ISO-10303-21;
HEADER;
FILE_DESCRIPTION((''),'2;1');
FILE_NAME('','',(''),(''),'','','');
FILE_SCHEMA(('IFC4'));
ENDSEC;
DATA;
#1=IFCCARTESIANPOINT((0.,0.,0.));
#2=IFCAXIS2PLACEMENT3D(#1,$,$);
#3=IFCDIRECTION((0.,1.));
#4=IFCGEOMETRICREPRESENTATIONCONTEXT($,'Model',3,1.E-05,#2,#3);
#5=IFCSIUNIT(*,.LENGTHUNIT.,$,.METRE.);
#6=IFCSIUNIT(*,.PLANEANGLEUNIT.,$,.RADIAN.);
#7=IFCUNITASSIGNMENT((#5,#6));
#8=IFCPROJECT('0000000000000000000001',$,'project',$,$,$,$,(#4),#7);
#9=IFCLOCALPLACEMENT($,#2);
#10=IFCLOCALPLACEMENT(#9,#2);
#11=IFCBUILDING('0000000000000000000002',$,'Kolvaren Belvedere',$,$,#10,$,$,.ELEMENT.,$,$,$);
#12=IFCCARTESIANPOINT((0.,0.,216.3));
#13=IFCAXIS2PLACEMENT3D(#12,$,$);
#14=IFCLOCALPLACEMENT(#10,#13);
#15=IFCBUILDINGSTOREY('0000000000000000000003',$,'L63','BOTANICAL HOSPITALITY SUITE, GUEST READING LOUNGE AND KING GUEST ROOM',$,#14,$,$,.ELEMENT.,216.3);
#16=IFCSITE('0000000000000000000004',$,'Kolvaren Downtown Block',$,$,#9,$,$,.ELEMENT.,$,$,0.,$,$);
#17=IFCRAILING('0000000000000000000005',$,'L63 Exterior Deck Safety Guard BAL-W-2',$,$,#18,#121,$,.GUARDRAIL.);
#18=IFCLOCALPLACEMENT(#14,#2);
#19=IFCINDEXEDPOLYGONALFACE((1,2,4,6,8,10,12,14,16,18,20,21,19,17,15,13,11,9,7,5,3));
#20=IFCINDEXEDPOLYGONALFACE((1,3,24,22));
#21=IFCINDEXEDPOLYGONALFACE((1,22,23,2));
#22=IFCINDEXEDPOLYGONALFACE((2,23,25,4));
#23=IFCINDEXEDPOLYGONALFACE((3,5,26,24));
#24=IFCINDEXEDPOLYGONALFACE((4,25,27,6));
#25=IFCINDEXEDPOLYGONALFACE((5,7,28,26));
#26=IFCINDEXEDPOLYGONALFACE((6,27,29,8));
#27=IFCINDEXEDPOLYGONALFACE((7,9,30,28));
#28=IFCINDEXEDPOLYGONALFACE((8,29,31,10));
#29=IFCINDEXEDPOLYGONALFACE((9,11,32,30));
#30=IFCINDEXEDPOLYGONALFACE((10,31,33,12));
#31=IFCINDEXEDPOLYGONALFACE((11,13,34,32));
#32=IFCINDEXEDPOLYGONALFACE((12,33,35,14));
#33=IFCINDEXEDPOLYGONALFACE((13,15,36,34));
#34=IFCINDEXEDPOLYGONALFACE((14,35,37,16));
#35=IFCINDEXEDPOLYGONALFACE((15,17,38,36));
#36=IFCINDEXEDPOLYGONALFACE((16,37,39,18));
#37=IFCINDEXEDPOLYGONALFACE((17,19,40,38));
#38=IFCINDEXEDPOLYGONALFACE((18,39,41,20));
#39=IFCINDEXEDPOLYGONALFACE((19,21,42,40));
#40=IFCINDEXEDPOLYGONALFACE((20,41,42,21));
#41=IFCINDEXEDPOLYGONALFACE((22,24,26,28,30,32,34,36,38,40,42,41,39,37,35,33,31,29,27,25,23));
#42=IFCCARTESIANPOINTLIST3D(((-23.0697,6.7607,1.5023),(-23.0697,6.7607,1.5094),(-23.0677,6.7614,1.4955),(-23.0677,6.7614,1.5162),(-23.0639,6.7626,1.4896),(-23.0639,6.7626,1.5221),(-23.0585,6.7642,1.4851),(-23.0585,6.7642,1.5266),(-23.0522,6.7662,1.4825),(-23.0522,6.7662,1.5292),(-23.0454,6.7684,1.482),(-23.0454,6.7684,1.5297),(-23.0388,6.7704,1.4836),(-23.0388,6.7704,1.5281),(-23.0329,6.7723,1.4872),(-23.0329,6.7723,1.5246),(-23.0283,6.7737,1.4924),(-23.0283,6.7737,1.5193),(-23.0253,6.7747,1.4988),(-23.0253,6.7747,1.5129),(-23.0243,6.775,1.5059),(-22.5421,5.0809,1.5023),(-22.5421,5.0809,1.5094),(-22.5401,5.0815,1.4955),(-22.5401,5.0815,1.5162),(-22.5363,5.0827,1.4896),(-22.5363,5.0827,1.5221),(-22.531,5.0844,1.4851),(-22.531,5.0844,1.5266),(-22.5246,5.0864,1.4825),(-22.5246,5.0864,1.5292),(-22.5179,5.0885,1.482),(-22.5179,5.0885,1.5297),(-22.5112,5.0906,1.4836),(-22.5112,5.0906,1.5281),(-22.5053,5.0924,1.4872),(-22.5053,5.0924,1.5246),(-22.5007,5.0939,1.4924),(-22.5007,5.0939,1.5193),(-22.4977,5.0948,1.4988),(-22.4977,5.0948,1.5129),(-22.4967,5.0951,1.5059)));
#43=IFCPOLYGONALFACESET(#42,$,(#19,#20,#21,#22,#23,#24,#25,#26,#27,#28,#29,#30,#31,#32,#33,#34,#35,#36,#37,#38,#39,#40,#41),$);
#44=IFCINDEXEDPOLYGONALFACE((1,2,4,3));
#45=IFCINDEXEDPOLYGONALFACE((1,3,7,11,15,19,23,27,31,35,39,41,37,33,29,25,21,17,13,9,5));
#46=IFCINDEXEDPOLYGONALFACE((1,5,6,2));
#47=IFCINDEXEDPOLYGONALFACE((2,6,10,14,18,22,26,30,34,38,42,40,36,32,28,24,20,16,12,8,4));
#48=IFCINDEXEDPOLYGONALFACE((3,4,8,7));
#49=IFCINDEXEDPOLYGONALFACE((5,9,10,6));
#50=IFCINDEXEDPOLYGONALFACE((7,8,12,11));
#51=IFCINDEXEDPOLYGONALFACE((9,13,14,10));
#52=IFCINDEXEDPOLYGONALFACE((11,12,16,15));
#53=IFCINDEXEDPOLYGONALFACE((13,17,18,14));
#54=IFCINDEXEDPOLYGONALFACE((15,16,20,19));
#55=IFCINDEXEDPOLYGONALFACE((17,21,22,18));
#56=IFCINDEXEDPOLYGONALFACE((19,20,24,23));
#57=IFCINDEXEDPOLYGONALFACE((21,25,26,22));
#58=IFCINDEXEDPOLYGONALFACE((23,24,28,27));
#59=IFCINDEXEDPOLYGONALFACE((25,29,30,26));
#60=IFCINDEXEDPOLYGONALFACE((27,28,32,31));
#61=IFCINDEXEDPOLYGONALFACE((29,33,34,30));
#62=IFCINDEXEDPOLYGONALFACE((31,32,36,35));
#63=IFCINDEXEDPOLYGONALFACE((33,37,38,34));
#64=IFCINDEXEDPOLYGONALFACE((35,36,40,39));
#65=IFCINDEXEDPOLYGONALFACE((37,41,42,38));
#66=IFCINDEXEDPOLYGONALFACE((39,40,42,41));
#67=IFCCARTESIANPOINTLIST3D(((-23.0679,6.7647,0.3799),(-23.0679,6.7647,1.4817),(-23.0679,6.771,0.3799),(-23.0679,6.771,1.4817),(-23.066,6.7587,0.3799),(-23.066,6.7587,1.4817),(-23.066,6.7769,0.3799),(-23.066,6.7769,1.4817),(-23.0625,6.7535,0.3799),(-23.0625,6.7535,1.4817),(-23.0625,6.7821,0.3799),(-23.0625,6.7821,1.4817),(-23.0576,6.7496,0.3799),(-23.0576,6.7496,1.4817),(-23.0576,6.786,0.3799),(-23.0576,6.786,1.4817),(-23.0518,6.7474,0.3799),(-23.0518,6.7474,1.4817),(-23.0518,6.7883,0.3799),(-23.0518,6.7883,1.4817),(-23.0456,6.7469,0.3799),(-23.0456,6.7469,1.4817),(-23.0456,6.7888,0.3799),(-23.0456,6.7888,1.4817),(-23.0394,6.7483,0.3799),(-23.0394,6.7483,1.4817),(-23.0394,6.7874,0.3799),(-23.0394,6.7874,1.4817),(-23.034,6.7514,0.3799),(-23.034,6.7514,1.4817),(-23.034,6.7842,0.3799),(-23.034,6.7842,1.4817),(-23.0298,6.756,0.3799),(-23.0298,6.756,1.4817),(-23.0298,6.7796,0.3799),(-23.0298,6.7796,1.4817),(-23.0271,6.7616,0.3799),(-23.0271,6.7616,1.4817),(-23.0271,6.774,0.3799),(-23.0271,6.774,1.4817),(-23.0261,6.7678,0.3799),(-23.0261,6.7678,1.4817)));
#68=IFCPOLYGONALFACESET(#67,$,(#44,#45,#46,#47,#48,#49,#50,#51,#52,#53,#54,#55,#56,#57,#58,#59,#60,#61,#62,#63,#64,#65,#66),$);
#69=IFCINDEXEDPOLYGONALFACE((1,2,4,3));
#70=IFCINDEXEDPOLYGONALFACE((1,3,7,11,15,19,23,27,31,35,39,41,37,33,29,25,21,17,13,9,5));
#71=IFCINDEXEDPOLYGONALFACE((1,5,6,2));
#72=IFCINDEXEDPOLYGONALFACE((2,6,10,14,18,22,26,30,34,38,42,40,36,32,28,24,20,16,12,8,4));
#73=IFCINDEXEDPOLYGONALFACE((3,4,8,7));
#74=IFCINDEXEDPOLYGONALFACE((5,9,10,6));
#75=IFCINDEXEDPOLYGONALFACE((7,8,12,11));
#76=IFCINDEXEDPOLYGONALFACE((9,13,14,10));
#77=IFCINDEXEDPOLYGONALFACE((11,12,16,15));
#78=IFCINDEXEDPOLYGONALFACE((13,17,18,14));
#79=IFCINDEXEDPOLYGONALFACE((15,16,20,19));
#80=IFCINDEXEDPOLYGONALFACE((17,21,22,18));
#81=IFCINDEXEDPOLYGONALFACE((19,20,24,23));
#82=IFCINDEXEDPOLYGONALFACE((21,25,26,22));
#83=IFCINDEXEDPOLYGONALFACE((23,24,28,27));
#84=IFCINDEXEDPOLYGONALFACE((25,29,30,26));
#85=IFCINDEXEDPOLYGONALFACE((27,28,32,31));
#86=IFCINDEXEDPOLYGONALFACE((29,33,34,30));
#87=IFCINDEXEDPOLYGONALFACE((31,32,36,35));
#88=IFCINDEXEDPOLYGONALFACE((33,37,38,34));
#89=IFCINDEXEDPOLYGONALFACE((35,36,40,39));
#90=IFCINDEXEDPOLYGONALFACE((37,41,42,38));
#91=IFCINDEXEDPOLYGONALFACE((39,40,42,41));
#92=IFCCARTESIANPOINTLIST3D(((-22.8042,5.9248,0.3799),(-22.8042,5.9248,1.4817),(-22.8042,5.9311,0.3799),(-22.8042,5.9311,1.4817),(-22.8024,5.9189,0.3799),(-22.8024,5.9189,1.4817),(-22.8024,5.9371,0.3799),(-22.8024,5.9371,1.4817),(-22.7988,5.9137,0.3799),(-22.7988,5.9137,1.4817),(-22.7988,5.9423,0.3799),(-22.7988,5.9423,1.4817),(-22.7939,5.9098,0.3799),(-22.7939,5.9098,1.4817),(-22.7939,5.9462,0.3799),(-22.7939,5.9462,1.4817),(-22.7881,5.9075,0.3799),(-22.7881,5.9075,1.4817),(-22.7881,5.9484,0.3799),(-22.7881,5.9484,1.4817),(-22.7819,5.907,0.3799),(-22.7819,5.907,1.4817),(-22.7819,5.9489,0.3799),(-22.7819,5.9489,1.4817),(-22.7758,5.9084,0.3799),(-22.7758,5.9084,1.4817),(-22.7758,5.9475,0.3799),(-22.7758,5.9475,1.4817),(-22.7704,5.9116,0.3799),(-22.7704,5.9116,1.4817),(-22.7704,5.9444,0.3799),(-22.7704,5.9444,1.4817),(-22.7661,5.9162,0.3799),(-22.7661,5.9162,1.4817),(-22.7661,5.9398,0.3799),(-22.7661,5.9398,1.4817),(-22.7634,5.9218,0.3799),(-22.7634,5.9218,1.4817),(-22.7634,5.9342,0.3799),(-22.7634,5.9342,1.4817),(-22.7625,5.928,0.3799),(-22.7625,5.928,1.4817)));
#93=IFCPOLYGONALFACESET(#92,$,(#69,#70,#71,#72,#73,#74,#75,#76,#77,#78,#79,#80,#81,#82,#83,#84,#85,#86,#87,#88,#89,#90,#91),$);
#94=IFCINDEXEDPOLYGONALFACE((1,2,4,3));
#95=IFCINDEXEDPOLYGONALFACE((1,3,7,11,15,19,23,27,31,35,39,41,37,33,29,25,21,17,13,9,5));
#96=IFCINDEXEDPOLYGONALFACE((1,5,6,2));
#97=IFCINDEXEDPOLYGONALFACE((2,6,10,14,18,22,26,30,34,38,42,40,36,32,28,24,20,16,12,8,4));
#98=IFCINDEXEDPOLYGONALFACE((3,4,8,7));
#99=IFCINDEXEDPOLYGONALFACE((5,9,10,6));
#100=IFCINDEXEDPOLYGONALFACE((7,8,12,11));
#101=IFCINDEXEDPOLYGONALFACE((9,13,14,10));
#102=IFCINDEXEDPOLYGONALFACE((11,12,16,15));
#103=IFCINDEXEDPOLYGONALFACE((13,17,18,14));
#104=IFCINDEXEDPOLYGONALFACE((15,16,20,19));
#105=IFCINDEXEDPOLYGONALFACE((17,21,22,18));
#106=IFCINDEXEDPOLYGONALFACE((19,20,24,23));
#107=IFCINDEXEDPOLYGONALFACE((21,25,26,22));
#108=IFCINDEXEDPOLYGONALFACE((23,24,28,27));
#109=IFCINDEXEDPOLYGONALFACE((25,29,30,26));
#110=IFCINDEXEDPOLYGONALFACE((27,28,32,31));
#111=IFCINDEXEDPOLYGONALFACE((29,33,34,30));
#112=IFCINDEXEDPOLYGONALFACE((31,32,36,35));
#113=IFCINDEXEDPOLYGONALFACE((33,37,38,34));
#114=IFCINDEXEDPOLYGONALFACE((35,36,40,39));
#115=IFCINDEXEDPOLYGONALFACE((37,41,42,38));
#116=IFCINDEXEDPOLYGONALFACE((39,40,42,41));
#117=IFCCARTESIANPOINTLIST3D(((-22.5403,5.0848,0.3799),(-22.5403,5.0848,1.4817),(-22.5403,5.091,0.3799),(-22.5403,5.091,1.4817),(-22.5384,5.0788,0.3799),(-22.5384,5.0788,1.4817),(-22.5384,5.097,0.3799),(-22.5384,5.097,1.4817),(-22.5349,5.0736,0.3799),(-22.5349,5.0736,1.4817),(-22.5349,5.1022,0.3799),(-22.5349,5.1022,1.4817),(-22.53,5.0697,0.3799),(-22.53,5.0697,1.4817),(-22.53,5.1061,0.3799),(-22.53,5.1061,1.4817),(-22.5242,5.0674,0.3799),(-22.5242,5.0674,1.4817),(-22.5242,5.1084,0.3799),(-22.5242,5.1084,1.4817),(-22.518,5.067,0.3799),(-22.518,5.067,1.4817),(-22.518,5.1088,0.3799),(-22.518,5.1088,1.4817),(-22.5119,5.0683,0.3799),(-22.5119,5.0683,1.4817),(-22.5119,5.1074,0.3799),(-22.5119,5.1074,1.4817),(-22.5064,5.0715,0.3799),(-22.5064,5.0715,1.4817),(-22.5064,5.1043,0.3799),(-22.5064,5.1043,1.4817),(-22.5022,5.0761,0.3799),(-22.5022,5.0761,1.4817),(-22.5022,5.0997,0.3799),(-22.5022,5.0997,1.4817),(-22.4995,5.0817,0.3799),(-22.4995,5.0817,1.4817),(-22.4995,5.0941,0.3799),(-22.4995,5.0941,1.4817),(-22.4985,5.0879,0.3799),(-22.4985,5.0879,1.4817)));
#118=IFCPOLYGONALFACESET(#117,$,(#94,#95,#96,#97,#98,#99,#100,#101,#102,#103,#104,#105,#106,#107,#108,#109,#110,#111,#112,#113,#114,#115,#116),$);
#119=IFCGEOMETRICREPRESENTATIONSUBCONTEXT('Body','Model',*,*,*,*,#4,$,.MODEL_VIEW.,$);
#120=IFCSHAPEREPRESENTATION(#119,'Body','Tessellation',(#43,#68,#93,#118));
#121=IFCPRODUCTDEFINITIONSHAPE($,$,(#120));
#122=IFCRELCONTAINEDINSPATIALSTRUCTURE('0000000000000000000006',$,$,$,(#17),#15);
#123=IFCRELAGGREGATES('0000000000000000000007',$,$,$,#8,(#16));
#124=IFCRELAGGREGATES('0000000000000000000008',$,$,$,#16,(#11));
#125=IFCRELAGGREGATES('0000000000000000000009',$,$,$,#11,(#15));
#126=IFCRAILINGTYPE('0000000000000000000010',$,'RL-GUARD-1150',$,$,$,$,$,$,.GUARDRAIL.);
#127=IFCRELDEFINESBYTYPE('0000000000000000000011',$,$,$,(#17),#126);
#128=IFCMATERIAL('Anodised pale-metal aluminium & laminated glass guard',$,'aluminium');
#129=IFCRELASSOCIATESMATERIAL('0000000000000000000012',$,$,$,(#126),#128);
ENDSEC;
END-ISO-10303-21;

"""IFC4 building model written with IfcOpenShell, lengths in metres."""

from ifc_helpers import new_model, si_unit, direction, frame, origin, origin_2d, place, context, subcontext, project, spatial, circle, extrude, material, type_object, element, save


model = new_model("IFC4")

# Units and contexts
model_context = context("Model", 3, precision=1e-05, world=origin(), true_north=direction((0.0, 1.0)))
body_context = subcontext(model_context, "Body", "Model", "MODEL_VIEW")
ifc_project = project(units=[si_unit("LENGTHUNIT", "METRE"), si_unit("PLANEANGLEUNIT", "RADIAN")], contexts=[model_context])

# Site, building, storey
site_placement = place(None, origin())
site = spatial("IfcSite", under=ifc_project, at=site_placement, Name="Kolvaren Downtown Block", CompositionType="ELEMENT", RefElevation=0.0)
building_placement = place(site_placement, origin())
building = spatial("IfcBuilding", under=site, at=building_placement, Name="Kolvaren Belvedere", CompositionType="ELEMENT")
storey_placement = place(building_placement, frame((0.0, 0.0, 216.3)))
storey = spatial("IfcBuildingStorey", under=building, at=storey_placement, Name="L63", Description="BOTANICAL HOSPITALITY SUITE, GUEST READING LOUNGE AND KING GUEST ROOM", CompositionType="ELEMENT", Elevation=216.3)

# Railing
ifc_material_1 = material(Name="Anodised pale-metal aluminium & laminated glass guard", Category="aluminium")
railing_type = type_object("IfcRailingType", Name="RL-GUARD-1150", PredefinedType="GUARDRAIL", material=ifc_material_1)
railing_1_placement = place(storey_placement, frame((-23.0471, 6.7678, 0.3799)))
element("IfcRailing", 1, at=railing_1_placement, inside=storey, type_object=railing_type, Name="L63 Exterior Deck Safety Guard BAL-W-2", PredefinedType="GUARDRAIL", context=body_context, shape_type="SweptSolid", body=[
    extrude(circle(Radius=0.0239, at=origin_2d()), frame((0.0, 0.0, 1.126), z_axis=(0.299625, -0.954057, 0.0), x_axis=(0.954057, 0.299625, 0.0)), (0.0, 0.0, 1.0), 1.7607),
    extrude(circle(Radius=0.021, at=origin_2d()), origin(), (0.0, 0.0, 1.0), 1.1018),
    extrude(circle(Radius=0.021, at=origin_2d()), frame((0.2637, -0.8398, 0.0)), (0.0, 0.0, 1.0), 1.1018),
    extrude(circle(Radius=0.021, at=origin_2d()), frame((0.5276, -1.6799, 0.0)), (0.0, 0.0, 1.0), 1.1018),
])

save(model, "model.ifc")
